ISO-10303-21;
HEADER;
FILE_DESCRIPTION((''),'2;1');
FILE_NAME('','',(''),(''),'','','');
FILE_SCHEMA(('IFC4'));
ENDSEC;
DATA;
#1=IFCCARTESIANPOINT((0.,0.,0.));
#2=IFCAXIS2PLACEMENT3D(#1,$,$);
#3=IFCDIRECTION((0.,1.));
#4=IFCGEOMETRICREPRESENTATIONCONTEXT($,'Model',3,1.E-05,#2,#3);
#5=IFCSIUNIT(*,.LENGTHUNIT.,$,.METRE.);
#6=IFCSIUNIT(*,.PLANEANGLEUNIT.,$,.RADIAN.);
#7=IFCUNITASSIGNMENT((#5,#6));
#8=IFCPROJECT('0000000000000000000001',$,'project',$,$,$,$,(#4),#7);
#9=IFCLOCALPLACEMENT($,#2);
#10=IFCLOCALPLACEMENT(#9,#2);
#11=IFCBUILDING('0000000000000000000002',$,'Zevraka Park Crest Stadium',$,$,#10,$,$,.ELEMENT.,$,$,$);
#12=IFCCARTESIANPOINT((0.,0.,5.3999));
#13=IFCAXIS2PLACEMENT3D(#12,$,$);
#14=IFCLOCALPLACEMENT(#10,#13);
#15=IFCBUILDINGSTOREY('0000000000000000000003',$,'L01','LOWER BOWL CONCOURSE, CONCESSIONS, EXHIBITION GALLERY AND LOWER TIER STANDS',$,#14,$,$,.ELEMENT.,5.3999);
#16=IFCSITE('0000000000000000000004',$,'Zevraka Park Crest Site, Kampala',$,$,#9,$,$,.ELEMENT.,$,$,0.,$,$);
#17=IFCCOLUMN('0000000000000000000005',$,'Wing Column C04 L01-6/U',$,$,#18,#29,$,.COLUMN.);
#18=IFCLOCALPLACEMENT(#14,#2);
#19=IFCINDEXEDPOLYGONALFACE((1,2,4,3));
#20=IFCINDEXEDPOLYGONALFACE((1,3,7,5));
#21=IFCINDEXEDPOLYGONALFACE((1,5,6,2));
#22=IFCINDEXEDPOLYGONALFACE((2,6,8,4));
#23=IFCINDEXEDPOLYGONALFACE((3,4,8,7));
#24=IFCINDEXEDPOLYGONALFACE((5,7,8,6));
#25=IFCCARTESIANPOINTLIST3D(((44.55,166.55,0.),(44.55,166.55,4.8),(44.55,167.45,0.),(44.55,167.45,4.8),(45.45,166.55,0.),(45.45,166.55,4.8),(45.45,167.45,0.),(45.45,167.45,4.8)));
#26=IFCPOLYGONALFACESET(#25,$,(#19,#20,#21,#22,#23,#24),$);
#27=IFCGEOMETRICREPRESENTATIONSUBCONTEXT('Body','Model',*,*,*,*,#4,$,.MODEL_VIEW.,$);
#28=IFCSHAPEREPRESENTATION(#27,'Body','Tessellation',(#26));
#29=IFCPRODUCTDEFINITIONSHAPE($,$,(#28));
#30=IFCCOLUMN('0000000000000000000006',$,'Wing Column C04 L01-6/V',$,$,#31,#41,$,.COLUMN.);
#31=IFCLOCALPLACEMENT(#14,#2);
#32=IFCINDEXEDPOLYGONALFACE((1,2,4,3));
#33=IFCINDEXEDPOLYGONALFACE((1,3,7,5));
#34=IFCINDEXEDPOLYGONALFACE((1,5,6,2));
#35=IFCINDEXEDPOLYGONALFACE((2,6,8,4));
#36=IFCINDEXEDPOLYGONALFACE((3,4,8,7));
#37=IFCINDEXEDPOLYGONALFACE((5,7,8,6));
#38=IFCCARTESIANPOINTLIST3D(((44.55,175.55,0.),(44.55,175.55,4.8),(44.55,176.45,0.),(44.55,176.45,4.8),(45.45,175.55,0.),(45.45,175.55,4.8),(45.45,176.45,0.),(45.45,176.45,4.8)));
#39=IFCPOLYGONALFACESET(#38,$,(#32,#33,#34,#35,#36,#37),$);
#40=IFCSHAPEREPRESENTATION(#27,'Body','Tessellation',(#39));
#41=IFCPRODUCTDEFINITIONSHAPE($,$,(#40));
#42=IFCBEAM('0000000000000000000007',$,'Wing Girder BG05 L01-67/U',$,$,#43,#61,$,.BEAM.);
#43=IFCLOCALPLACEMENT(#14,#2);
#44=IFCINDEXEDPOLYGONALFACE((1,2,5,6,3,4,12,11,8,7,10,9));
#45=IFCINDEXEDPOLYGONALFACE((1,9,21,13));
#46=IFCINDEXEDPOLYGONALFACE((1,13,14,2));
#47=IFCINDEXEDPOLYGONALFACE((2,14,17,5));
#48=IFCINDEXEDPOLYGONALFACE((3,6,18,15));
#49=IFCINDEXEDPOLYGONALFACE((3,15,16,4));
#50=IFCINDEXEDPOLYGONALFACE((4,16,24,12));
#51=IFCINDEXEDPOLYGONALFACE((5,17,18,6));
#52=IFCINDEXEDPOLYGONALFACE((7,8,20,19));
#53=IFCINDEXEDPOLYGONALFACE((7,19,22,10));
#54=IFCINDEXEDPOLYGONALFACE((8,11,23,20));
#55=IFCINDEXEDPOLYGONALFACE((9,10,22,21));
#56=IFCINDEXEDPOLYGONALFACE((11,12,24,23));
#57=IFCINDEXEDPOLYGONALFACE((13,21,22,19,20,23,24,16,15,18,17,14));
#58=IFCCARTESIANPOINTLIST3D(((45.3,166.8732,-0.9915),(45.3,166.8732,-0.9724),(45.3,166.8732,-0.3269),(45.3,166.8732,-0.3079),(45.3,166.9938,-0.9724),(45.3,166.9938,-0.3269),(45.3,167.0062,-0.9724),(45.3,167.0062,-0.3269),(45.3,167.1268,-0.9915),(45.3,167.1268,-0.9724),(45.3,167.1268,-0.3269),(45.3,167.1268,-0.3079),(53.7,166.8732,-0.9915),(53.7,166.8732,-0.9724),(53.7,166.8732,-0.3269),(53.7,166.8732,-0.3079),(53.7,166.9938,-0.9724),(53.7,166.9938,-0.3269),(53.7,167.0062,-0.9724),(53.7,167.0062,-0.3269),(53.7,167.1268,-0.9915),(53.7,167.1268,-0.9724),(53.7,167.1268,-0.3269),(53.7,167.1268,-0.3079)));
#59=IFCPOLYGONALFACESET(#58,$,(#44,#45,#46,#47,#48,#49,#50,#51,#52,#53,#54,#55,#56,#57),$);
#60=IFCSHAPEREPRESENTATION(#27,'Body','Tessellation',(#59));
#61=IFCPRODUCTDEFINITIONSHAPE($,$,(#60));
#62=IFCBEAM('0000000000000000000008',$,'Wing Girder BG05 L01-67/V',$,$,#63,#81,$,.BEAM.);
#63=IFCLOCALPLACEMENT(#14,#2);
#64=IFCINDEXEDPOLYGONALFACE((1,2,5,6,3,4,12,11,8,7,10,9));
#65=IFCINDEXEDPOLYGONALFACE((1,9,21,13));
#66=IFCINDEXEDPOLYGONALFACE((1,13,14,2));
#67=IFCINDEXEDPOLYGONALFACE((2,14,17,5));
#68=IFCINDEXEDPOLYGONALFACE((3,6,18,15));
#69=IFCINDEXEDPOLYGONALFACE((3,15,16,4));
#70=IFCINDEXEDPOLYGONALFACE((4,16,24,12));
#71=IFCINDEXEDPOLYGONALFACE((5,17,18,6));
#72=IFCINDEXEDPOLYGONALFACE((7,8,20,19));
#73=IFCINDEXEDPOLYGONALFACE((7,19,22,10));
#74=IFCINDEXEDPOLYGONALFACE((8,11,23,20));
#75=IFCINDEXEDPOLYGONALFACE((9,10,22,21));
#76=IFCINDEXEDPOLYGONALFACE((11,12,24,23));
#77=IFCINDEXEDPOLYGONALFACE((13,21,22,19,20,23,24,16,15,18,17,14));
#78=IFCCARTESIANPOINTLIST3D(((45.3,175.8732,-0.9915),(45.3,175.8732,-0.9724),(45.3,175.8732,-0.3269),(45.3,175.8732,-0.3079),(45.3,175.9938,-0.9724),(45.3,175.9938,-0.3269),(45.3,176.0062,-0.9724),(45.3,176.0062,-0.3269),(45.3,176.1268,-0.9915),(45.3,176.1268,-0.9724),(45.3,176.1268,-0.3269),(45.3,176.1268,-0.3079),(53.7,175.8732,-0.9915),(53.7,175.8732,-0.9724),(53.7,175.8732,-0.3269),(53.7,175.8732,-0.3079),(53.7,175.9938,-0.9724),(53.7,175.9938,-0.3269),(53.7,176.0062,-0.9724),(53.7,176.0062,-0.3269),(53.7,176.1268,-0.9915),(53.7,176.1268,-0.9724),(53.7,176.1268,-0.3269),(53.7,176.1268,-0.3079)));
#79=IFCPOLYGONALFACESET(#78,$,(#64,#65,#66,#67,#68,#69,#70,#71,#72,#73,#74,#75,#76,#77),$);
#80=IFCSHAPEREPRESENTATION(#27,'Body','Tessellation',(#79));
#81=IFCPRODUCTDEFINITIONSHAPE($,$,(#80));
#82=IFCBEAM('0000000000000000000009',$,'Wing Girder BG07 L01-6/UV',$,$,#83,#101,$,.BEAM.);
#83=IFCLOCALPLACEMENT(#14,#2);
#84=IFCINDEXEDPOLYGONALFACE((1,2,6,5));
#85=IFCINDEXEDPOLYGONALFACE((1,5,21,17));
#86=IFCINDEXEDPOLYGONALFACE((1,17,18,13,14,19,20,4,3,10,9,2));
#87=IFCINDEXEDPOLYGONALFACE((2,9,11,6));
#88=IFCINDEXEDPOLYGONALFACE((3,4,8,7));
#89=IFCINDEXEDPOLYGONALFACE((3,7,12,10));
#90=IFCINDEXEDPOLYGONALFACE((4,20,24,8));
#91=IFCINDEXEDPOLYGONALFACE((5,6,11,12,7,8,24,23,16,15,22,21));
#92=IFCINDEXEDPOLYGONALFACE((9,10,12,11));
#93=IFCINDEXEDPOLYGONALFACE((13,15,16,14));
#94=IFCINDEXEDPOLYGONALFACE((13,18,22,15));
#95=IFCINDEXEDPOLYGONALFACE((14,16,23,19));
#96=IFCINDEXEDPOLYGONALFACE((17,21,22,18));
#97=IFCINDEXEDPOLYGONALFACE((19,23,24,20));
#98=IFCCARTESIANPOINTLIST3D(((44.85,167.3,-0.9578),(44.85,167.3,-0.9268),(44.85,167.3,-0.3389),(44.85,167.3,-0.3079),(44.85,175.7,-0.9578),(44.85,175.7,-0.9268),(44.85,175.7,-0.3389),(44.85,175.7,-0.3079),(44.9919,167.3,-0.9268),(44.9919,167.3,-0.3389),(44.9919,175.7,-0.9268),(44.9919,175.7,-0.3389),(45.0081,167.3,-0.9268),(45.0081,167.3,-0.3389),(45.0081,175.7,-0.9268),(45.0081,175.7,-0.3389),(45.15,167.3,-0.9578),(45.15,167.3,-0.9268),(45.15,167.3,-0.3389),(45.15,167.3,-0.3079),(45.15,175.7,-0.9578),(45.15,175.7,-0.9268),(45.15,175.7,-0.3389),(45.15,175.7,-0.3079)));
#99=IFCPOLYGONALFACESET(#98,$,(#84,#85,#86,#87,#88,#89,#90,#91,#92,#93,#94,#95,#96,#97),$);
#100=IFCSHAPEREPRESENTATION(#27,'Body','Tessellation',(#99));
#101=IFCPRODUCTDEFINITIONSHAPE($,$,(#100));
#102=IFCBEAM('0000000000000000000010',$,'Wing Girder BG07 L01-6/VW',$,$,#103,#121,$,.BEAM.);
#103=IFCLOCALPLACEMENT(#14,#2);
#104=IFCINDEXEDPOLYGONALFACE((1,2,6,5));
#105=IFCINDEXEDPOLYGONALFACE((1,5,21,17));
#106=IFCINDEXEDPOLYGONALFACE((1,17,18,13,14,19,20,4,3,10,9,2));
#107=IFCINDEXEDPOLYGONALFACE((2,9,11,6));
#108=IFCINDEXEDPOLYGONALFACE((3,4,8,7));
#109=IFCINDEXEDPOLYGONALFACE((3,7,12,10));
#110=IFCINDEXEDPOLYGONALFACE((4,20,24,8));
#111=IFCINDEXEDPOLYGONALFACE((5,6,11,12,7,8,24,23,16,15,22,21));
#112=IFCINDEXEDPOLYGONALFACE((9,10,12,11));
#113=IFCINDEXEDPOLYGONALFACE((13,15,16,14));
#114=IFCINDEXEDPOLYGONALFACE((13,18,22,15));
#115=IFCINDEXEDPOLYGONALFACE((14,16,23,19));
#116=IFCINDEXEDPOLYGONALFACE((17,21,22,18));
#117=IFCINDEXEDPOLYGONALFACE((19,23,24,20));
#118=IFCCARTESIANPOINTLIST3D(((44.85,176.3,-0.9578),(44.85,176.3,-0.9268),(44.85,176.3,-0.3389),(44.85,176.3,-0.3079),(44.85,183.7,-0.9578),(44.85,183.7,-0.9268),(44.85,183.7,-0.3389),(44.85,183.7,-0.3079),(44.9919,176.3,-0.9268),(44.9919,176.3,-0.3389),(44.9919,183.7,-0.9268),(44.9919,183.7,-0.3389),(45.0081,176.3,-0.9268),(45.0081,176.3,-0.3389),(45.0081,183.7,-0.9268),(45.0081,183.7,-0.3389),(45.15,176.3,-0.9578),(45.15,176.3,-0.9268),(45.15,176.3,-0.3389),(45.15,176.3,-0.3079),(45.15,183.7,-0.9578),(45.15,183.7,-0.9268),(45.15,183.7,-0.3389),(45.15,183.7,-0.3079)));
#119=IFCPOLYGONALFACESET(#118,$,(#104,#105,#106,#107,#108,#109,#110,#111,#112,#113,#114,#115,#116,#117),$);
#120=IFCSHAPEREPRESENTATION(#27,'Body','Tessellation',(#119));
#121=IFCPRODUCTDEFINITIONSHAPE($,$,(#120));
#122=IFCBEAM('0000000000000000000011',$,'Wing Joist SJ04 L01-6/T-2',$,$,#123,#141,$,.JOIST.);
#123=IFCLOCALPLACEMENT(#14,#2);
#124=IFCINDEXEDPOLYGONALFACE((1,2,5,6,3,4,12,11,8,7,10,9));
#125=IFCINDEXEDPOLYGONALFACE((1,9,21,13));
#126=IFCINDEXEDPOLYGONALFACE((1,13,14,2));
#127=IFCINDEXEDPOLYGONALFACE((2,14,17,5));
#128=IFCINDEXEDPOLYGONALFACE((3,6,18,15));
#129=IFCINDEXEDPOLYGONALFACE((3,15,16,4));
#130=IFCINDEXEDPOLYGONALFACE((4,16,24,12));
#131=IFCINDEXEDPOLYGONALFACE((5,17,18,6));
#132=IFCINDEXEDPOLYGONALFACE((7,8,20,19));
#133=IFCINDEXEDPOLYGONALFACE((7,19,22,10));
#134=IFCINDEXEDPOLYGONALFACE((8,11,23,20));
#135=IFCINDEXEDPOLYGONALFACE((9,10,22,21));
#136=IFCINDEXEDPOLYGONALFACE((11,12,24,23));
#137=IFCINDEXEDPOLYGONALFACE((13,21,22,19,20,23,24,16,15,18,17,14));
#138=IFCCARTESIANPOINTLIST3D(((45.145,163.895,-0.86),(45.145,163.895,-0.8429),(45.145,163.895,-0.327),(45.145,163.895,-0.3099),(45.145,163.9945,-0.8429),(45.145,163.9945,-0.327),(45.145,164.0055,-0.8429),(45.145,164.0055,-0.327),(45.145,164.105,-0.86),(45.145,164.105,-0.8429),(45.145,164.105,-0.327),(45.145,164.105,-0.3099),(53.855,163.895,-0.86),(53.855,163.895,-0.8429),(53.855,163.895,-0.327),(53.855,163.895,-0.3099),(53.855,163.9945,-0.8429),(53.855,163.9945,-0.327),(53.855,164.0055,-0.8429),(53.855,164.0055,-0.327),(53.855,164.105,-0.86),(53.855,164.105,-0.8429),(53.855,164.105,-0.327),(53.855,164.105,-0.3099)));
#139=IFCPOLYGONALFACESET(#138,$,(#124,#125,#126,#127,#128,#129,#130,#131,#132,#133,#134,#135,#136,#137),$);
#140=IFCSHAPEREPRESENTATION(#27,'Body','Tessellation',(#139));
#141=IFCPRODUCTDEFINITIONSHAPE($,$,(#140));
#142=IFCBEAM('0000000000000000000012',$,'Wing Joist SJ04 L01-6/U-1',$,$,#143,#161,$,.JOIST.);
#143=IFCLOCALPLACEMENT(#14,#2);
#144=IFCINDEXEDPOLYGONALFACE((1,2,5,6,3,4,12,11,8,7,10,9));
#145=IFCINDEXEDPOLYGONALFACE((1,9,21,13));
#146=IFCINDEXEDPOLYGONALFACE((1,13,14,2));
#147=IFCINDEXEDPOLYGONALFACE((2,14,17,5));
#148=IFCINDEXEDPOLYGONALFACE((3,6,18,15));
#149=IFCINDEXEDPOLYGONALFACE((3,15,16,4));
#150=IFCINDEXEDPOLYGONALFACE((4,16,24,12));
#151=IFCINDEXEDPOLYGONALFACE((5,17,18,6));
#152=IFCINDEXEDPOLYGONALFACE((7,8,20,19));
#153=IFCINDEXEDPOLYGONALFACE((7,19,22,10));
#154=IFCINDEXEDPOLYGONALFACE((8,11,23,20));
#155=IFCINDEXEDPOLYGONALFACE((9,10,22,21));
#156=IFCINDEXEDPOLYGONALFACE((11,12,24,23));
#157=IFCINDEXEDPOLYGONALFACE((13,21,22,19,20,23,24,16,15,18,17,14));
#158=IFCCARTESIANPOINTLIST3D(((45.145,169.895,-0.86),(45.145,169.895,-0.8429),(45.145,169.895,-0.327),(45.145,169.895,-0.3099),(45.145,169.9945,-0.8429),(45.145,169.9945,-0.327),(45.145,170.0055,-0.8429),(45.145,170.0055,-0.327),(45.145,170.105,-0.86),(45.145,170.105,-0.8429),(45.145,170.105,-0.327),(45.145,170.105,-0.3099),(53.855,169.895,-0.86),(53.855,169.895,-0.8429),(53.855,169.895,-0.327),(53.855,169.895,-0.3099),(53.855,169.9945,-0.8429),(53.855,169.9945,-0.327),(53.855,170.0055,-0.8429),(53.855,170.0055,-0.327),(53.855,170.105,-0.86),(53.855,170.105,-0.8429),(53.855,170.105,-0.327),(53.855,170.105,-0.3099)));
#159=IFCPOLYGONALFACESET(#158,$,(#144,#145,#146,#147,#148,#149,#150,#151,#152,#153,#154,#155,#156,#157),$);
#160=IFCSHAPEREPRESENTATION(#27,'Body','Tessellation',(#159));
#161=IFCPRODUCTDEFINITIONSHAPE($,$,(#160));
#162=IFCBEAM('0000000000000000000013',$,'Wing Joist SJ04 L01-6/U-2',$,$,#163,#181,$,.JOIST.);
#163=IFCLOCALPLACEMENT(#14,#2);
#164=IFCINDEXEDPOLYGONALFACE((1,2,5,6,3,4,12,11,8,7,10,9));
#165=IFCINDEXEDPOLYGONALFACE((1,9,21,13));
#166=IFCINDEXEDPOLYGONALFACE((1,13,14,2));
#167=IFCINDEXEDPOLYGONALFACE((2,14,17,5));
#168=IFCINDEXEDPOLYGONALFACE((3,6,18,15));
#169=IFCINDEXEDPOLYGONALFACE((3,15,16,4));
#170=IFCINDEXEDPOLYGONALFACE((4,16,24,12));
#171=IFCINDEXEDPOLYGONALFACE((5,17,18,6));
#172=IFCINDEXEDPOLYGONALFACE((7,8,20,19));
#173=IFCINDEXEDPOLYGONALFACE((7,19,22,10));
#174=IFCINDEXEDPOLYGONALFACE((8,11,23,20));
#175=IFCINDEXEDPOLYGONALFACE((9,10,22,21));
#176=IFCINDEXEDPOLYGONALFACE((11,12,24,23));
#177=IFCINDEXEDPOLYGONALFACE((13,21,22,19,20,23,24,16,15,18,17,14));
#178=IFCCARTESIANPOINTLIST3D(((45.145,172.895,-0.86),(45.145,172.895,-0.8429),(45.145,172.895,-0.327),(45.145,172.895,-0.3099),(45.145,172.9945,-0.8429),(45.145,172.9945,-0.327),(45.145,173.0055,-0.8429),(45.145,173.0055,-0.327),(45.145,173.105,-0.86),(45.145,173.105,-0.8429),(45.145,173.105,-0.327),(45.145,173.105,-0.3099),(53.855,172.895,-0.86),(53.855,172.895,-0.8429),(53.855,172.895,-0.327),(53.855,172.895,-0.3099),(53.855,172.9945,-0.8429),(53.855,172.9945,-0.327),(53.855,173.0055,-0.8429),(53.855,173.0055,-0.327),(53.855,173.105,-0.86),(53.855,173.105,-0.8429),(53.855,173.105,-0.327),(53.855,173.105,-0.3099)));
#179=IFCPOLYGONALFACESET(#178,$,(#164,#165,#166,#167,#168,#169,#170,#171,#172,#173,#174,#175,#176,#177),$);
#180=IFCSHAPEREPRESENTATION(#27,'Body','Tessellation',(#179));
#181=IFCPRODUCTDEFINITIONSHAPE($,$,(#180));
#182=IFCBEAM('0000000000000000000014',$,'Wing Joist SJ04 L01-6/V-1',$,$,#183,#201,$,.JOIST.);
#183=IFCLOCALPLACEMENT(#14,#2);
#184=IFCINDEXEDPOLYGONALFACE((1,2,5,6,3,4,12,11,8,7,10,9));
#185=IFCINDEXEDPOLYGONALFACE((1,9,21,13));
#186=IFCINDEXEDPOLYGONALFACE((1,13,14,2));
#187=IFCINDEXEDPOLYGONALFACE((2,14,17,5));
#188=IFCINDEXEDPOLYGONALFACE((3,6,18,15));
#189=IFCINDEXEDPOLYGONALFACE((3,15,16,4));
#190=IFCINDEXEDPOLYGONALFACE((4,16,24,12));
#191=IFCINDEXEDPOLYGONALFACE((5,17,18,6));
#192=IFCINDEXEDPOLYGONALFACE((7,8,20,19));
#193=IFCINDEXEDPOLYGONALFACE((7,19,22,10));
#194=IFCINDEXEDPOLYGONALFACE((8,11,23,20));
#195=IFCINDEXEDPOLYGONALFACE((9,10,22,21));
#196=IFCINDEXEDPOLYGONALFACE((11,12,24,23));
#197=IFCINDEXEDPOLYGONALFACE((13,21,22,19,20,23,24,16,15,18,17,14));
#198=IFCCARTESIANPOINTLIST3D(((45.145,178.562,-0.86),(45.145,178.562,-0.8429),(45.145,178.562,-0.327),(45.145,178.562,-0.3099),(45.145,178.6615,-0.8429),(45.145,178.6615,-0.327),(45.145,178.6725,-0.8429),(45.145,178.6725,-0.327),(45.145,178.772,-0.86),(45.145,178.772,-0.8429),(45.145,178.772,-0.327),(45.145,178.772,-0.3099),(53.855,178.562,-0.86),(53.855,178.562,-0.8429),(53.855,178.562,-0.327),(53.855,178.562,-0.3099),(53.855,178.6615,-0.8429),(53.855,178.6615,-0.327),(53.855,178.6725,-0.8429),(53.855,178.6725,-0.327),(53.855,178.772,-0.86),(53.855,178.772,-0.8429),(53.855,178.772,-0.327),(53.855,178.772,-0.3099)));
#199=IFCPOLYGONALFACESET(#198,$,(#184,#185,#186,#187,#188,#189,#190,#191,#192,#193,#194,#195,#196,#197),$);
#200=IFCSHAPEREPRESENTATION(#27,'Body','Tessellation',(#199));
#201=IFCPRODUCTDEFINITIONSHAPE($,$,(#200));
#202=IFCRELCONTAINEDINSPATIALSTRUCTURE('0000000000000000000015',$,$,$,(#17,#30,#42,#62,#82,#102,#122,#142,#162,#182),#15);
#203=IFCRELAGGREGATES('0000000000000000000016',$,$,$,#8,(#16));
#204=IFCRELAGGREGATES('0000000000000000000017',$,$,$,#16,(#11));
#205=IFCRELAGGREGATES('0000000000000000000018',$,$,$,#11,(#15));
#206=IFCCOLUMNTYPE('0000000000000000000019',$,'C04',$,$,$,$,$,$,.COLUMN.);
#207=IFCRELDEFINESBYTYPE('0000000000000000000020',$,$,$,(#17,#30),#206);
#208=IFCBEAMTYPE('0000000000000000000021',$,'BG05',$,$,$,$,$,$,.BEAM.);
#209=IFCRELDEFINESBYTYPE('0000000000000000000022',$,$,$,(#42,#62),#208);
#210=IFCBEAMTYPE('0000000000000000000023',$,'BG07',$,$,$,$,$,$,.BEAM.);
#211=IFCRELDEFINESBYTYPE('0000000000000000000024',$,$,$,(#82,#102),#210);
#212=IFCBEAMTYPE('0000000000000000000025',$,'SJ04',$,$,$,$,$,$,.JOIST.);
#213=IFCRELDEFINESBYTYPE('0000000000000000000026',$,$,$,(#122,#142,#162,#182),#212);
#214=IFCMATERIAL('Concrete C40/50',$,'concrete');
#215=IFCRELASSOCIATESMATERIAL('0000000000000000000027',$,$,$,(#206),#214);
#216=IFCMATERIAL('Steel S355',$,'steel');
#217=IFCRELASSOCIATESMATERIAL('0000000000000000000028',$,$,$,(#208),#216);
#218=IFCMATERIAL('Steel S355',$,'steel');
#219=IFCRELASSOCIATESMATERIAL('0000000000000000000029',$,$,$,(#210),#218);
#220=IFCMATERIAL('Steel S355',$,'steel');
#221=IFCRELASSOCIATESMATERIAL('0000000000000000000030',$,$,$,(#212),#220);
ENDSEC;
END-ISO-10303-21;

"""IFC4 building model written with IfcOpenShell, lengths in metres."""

from ifc_helpers import new_model, si_unit, direction, frame, origin, origin_2d, place, context, subcontext, project, spatial, rectangle, i_section, extrude, material, material_profile, profile_set, type_object, element, save


model = new_model("IFC4")

# Units and contexts
model_context = context("Model", 3, precision=1e-05, world=origin(), true_north=direction((0.0, 1.0)))
body_context = subcontext(model_context, "Body", "Model", "MODEL_VIEW")
ifc_project = project(units=[si_unit("LENGTHUNIT", "METRE"), si_unit("PLANEANGLEUNIT", "RADIAN")], contexts=[model_context])

# Site, building, storey
site_placement = place(None, origin())
site = spatial("IfcSite", under=ifc_project, at=site_placement, Name="Zevraka Park Crest Site, Kampala", CompositionType="ELEMENT", RefElevation=0.0)
building_placement = place(site_placement, origin())
building = spatial("IfcBuilding", under=site, at=building_placement, Name="Zevraka Park Crest Stadium", CompositionType="ELEMENT")
storey_placement = place(building_placement, frame((0.0, 0.0, 5.3999)))
storey = spatial("IfcBuildingStorey", under=building, at=storey_placement, Name="L01", Description="LOWER BOWL CONCOURSE, CONCESSIONS, EXHIBITION GALLERY AND LOWER TIER STANDS", CompositionType="ELEMENT", Elevation=5.3999)

# Columns
ifc_material_1 = material(Name="Concrete C40/50", Category="concrete")
ifc_material_profile_1 = material_profile(ifc_material_1, rectangle(XDim=0.8999, YDim=0.8999, at=origin_2d()), Name="RC 900x900")
ifc_profile_set_1 = profile_set([ifc_material_profile_1], Name="Concrete C40/50")
column_type = type_object("IfcColumnType", Name="C04", PredefinedType="COLUMN", material=ifc_profile_set_1)
for number, where, z_axis, x_axis, name in (
    (1, (45.0, 167.0, 0.0), (0.0, 0.0, 1.0), (1.0, 0.0, 0.0), "Wing Column C04 L01-6/U"),
    (2, (45.0, 176.0, 0.0), (0.0, 0.0, 1.0), (1.0, 0.0, 0.0), "Wing Column C04 L01-6/V"),
):
    element("IfcColumn", number, at=place(storey_placement, frame(where, z_axis=z_axis, x_axis=x_axis)), inside=storey, type_object=column_type, Name=name, PredefinedType="COLUMN", context=body_context, shape_type="SweptSolid", body=[
        extrude(rectangle(XDim=0.8999, YDim=0.8999, at=origin_2d()), origin(), (0.0, 0.0, 1.0), 4.8),
    ])

# Beams
ifc_material_2 = material(Name="Steel S355", Category="steel")
ifc_material_profile_2 = material_profile(ifc_material_2, i_section(OverallWidth=0.2537, OverallDepth=0.6836, WebThickness=0.0125, FlangeThickness=0.019, at=origin_2d()), Name="UKB 686x254x140")
ifc_profile_set_2 = profile_set([ifc_material_profile_2], Name="Steel S355")
beam_type_1 = type_object("IfcBeamType", Name="BG05", PredefinedType="BEAM", material=ifc_profile_set_2)
for number, where, z_axis, x_axis, name in (
    (3, (45.3, 167.0, -0.6497), (1.0, 0.0, 0.0), (0.0, 1.0, 0.0), "Wing Girder BG05 L01-67/U"),
    (4, (45.3, 176.0, -0.6497), (1.0, 0.0, 0.0), (0.0, 1.0, 0.0), "Wing Girder BG05 L01-67/V"),
):
    element("IfcBeam", number, at=place(storey_placement, frame(where, z_axis=z_axis, x_axis=x_axis)), inside=storey, type_object=beam_type_1, Name=name, PredefinedType="BEAM", context=body_context, shape_type="SweptSolid", body=[
        extrude(i_section(OverallWidth=0.2537, OverallDepth=0.6836, WebThickness=0.0125, FlangeThickness=0.019, at=origin_2d()), origin(), (0.0, 0.0, 1.0), 8.3999),
    ])
ifc_material_3 = material(Name="Steel S355", Category="steel")
ifc_material_profile_3 = material_profile(ifc_material_3, i_section(OverallWidth=0.3, OverallDepth=0.6499, WebThickness=0.0161, FlangeThickness=0.031, at=origin_2d()), Name="HEB 650")
ifc_profile_set_3 = profile_set([ifc_material_profile_3], Name="Steel S355")
beam_type_2 = type_object("IfcBeamType", Name="BG07", PredefinedType="BEAM", material=ifc_profile_set_3)
beam_1_placement = place(storey_placement, frame((45.0, 167.3, -0.6328), z_axis=(0.0, 1.0, 0.0), x_axis=(-1.0, 0.0, 0.0)))
element("IfcBeam", 5, at=beam_1_placement, inside=storey, type_object=beam_type_2, Name="Wing Girder BG07 L01-6/UV", PredefinedType="BEAM", context=body_context, shape_type="SweptSolid", body=[
    extrude(i_section(OverallWidth=0.3, OverallDepth=0.6499, WebThickness=0.0161, FlangeThickness=0.031, at=origin_2d()), origin(), (0.0, 0.0, 1.0), 8.3999),
])
beam_2_placement = place(storey_placement, frame((45.0, 176.3, -0.6328), z_axis=(0.0, 1.0, 0.0), x_axis=(-1.0, 0.0, 0.0)))
element("IfcBeam", 6, at=beam_2_placement, inside=storey, type_object=beam_type_2, Name="Wing Girder BG07 L01-6/VW", PredefinedType="BEAM", context=body_context, shape_type="SweptSolid", body=[
    extrude(i_section(OverallWidth=0.3, OverallDepth=0.6499, WebThickness=0.0161, FlangeThickness=0.031, at=origin_2d()), origin(), (0.0, 0.0, 1.0), 7.3999),
])
ifc_material_4 = material(Name="Steel S355", Category="steel")
ifc_material_profile_4 = material_profile(ifc_material_4, i_section(OverallWidth=0.21, OverallDepth=0.55, WebThickness=0.011, FlangeThickness=0.0171, at=origin_2d()), Name="IPE 550")
ifc_profile_set_4 = profile_set([ifc_material_profile_4], Name="Steel S355")
beam_type_3 = type_object("IfcBeamType", Name="SJ04", PredefinedType="JOIST", material=ifc_profile_set_4)
for number, where, z_axis, x_axis, name in (
    (7, (45.145, 164.0, -0.585), (1.0, 0.0, 0.0), (0.0, 1.0, 0.0), "Wing Joist SJ04 L01-6/T-2"),
    (8, (45.145, 170.0, -0.585), (1.0, 0.0, 0.0), (0.0, 1.0, 0.0), "Wing Joist SJ04 L01-6/U-1"),
    (9, (45.145, 173.0, -0.585), (1.0, 0.0, 0.0), (0.0, 1.0, 0.0), "Wing Joist SJ04 L01-6/U-2"),
    (10, (45.145, 178.667, -0.585), (1.0, 0.0, 0.0), (0.0, 1.0, 0.0), "Wing Joist SJ04 L01-6/V-1"),
):
    element("IfcBeam", number, at=place(storey_placement, frame(where, z_axis=z_axis, x_axis=x_axis)), inside=storey, type_object=beam_type_3, Name=name, PredefinedType="JOIST", context=body_context, shape_type="SweptSolid", body=[
        extrude(i_section(OverallWidth=0.21, OverallDepth=0.55, WebThickness=0.011, FlangeThickness=0.0171, at=origin_2d()), origin(), (0.0, 0.0, 1.0), 8.71),
    ])

save(model, "model.ifc")
